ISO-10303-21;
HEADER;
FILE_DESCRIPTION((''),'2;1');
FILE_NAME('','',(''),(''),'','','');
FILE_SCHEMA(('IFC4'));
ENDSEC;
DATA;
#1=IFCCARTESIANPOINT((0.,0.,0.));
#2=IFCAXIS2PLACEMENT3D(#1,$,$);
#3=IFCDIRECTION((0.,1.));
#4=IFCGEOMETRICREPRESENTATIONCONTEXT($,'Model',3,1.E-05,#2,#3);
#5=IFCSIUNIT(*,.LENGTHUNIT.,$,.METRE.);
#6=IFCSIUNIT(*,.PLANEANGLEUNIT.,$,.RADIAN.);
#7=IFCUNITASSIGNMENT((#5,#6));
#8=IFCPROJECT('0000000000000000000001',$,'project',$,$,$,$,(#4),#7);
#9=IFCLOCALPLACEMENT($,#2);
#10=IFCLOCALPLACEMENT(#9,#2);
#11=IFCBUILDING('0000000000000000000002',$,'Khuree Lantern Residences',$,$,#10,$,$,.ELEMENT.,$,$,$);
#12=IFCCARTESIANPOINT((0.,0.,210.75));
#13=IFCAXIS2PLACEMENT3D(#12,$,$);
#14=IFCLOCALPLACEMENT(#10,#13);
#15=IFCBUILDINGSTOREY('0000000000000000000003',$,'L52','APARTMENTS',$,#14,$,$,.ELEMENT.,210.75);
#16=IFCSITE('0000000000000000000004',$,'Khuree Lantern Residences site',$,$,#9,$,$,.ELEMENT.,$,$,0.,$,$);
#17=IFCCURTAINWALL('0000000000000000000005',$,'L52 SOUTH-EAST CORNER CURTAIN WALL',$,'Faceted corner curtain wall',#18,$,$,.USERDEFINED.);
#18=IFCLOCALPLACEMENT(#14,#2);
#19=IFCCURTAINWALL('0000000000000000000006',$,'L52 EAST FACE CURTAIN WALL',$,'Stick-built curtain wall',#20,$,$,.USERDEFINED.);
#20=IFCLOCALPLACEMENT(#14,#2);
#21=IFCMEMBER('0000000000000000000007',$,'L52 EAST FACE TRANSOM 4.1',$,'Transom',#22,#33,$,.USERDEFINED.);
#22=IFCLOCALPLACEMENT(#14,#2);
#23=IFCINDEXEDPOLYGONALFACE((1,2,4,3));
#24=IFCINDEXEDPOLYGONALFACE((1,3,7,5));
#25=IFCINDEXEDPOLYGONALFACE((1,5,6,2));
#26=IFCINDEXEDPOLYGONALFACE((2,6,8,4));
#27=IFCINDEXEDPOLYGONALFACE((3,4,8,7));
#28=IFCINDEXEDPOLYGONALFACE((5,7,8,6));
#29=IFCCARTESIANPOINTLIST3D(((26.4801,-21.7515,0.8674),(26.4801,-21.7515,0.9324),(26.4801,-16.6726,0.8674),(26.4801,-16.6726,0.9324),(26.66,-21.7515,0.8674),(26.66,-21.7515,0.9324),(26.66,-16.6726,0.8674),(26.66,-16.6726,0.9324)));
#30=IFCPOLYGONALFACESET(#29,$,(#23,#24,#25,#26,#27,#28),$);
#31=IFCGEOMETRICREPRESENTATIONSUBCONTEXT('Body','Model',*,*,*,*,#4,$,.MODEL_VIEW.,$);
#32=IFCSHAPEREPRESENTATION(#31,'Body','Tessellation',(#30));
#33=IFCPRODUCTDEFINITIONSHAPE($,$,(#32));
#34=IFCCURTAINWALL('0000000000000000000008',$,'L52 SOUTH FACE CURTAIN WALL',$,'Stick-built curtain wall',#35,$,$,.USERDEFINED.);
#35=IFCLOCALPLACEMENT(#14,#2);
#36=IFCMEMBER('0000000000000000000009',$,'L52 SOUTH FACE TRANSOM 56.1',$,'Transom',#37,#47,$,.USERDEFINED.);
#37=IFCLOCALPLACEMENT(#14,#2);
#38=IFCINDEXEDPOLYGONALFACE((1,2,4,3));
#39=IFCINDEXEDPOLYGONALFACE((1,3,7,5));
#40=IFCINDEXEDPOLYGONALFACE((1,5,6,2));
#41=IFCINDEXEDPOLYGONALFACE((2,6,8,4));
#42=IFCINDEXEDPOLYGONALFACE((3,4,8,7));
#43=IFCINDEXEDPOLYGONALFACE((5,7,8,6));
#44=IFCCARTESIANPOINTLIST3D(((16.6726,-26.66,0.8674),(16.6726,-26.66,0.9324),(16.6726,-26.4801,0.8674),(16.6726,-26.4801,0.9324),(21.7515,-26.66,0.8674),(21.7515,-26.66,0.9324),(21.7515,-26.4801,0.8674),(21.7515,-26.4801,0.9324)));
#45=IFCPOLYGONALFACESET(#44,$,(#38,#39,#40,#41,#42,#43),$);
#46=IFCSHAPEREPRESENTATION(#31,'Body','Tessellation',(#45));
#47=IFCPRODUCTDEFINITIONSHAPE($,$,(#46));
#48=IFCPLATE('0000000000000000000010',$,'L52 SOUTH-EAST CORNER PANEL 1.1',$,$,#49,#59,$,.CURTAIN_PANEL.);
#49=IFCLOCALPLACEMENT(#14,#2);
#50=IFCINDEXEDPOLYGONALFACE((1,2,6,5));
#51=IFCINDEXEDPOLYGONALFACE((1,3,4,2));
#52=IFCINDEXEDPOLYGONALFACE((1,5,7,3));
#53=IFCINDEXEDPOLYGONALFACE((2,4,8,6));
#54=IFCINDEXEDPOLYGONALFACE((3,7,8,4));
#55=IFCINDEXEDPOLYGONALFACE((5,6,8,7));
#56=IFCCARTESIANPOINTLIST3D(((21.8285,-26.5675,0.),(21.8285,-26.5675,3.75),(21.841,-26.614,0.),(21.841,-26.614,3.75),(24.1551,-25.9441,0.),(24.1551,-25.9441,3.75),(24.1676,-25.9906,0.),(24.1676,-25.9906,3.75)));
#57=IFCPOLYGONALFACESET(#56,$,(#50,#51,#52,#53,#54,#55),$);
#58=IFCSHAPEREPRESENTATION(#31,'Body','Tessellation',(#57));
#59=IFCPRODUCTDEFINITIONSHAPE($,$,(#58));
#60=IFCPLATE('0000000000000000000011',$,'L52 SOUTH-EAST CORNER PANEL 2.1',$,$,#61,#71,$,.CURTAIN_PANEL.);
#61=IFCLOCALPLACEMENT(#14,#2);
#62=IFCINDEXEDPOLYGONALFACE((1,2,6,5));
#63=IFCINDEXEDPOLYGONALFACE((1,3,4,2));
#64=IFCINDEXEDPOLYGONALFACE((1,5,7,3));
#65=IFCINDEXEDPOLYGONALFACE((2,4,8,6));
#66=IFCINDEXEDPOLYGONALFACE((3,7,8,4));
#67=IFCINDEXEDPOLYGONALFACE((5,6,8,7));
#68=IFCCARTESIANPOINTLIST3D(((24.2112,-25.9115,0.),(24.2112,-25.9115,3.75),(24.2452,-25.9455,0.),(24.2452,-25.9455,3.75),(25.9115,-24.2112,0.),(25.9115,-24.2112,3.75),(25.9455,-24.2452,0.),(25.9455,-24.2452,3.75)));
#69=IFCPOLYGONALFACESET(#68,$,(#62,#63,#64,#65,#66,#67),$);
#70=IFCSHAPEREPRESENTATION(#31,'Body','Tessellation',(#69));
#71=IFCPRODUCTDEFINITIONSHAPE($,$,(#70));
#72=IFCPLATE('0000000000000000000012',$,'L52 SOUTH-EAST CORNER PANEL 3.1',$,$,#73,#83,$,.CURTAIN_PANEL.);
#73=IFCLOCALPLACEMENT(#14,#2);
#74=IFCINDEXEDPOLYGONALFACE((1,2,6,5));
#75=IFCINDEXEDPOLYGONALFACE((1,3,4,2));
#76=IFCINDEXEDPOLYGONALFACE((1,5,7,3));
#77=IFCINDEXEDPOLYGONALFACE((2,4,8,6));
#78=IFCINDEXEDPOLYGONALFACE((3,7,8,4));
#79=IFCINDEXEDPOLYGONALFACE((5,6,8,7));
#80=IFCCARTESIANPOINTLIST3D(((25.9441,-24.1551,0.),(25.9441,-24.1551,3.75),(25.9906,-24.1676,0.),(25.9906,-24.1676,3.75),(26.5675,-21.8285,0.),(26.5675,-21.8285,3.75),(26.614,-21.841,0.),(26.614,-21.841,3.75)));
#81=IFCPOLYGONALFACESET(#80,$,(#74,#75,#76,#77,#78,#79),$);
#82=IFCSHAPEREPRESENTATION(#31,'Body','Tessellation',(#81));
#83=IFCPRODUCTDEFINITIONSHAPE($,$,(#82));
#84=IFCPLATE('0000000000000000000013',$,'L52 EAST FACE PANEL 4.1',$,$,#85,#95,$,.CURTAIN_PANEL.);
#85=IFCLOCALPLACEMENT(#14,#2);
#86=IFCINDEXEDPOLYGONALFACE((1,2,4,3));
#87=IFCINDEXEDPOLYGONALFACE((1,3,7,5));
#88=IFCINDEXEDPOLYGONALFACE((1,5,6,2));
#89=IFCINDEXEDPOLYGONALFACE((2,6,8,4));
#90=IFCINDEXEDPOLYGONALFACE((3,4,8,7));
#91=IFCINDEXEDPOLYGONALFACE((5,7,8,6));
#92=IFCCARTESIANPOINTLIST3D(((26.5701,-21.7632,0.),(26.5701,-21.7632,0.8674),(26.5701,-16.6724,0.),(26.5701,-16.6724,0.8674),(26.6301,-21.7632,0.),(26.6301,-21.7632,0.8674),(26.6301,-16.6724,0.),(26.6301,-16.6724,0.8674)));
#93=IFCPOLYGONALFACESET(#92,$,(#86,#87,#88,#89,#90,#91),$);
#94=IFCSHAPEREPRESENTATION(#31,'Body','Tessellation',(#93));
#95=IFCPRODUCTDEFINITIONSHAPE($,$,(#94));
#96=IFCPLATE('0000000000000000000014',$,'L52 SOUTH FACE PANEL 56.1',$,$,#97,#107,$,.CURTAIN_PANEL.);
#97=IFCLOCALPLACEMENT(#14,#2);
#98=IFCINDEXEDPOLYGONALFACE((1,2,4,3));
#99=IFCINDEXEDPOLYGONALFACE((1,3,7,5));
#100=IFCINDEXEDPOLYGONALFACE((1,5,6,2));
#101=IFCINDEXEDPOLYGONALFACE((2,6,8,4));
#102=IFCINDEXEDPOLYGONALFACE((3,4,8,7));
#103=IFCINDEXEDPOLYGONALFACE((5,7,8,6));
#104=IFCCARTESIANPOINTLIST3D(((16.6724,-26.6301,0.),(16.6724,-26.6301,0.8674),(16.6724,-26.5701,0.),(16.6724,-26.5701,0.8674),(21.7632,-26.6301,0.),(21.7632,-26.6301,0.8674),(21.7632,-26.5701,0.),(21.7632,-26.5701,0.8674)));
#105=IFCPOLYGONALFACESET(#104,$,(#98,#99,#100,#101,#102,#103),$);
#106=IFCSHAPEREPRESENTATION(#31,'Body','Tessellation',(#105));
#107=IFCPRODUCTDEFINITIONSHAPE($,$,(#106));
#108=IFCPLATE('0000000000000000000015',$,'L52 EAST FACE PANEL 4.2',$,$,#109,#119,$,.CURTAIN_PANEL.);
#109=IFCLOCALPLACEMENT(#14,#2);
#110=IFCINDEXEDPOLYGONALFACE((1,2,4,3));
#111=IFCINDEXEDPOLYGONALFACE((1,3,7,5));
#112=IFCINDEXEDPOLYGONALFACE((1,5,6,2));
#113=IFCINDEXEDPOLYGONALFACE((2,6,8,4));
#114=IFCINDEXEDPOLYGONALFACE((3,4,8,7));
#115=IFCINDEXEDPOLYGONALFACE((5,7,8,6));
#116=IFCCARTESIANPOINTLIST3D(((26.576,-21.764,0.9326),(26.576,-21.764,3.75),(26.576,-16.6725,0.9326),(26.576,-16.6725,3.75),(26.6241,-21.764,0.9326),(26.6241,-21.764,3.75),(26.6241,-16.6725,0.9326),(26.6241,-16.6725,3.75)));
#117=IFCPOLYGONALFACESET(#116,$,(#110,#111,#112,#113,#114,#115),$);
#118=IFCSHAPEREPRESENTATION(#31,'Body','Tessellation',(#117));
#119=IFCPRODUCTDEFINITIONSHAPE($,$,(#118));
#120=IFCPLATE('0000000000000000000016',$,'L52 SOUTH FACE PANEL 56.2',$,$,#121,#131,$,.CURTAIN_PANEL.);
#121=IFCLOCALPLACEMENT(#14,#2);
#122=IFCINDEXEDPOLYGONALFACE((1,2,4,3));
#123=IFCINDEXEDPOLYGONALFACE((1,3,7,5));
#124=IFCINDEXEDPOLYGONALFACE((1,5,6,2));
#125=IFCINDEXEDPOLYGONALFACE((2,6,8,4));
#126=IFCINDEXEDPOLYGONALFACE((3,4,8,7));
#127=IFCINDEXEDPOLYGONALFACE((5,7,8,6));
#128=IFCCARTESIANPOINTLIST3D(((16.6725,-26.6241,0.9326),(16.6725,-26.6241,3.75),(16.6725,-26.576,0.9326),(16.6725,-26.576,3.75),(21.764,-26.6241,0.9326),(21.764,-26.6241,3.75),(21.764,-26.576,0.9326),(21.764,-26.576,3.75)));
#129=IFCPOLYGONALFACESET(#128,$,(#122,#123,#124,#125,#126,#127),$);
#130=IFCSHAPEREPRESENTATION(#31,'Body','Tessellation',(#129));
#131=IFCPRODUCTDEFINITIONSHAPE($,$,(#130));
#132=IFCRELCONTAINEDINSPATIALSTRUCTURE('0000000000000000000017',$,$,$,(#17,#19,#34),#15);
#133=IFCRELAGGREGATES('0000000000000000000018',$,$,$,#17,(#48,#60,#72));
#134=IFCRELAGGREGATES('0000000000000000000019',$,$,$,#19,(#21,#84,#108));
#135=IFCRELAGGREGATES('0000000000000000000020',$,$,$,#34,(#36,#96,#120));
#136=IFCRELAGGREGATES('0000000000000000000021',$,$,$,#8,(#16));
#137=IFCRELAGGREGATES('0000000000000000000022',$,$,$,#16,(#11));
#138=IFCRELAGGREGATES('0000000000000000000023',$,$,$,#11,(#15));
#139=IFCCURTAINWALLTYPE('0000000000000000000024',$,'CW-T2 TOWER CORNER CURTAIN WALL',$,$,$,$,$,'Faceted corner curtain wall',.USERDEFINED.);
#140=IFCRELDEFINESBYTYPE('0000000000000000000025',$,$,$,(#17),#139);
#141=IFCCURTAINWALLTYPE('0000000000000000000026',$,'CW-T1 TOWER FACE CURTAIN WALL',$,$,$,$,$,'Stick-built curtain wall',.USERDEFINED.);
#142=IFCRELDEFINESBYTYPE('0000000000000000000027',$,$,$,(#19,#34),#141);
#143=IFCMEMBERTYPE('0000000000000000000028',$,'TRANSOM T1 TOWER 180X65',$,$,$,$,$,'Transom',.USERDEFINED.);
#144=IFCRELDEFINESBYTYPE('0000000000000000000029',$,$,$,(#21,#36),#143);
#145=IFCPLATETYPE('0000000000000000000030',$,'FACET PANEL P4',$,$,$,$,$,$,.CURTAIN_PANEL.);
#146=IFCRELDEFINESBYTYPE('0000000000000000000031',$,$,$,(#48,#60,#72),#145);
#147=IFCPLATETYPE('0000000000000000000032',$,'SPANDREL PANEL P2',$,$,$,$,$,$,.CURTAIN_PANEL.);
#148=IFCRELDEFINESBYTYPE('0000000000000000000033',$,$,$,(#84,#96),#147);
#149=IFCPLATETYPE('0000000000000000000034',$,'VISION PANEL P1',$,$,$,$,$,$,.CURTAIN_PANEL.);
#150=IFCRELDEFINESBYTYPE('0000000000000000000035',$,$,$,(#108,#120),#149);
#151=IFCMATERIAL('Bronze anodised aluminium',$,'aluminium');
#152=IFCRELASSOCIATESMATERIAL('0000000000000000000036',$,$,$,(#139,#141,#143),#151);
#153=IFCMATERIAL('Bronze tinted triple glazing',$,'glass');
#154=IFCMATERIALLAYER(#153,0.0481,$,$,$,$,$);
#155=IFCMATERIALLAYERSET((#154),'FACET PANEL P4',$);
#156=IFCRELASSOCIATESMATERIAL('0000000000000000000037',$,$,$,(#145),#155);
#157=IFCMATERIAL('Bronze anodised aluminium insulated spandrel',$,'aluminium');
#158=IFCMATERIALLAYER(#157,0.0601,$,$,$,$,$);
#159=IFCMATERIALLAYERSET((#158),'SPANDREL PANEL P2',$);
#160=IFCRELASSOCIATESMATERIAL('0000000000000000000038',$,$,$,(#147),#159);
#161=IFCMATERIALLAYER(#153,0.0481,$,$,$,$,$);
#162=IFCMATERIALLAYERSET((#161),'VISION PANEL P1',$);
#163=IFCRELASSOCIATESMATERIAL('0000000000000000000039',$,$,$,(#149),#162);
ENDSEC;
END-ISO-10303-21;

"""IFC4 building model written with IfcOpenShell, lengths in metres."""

from ifc_helpers import new_model, si_unit, direction, frame, origin, origin_2d, place, context, subcontext, project, spatial, rectangle, extrude, material, layer, layer_set, material_profile, profile_set, type_object, element, aggregate, save


model = new_model("IFC4")

# Units and contexts
model_context = context("Model", 3, precision=1e-05, world=origin(), true_north=direction((0.0, 1.0)))
body_context = subcontext(model_context, "Body", "Model", "MODEL_VIEW")
ifc_project = project(units=[si_unit("LENGTHUNIT", "METRE"), si_unit("PLANEANGLEUNIT", "RADIAN")], contexts=[model_context])

# Site, building, storey
site_placement = place(None, origin())
site = spatial("IfcSite", under=ifc_project, at=site_placement, Name="Khuree Lantern Residences site", CompositionType="ELEMENT", RefElevation=0.0)
building_placement = place(site_placement, origin())
building = spatial("IfcBuilding", under=site, at=building_placement, Name="Khuree Lantern Residences", CompositionType="ELEMENT")
storey_placement = place(building_placement, frame((0.0, 0.0, 210.75)))
storey = spatial("IfcBuildingStorey", under=building, at=storey_placement, Name="L52", Description="APARTMENTS", CompositionType="ELEMENT", Elevation=210.75)

# Curtain wall
ifc_material_1 = material(Name="Bronze anodised aluminium", Category="aluminium")
curtain_wall_type_1 = type_object("IfcCurtainWallType", Name="CW-T2 TOWER CORNER CURTAIN WALL", ElementType="Faceted corner curtain wall", PredefinedType="USERDEFINED", material=ifc_material_1)
curtain_wall_1_placement = place(storey_placement, origin())
curtain_wall_1 = element("IfcCurtainWall", 1, at=curtain_wall_1_placement, inside=storey, type_object=curtain_wall_type_1, Name="L52 SOUTH-EAST CORNER CURTAIN WALL", ObjectType="Faceted corner curtain wall", PredefinedType="USERDEFINED")

# Curtain wall, member
curtain_wall_type_2 = type_object("IfcCurtainWallType", Name="CW-T1 TOWER FACE CURTAIN WALL", ElementType="Stick-built curtain wall", PredefinedType="USERDEFINED", material=ifc_material_1)
curtain_wall_2_placement = place(storey_placement, origin())
curtain_wall_2 = element("IfcCurtainWall", 2, at=curtain_wall_2_placement, inside=storey, type_object=curtain_wall_type_2, Name="L52 EAST FACE CURTAIN WALL", ObjectType="Stick-built curtain wall", PredefinedType="USERDEFINED")
ifc_material_profile_1 = material_profile(ifc_material_1, rectangle(XDim=0.1799, YDim=0.0649, at=origin_2d()), Name="T1 180X65")
ifc_profile_set_1 = profile_set([ifc_material_profile_1], Name="Bronze anodised aluminium")
member_type_1 = type_object("IfcMemberType", Name="TRANSOM T1 TOWER 180X65", ElementType="Transom", PredefinedType="USERDEFINED", material=ifc_profile_set_1)
member_1_placement = place(storey_placement, frame((26.5701, -21.7515, 0.8999), z_axis=(0.0, 1.0, 0.0), x_axis=(-1.0, 0.0, 0.0)))
member_1 = element("IfcMember", 3, at=member_1_placement, type_object=member_type_1, Name="L52 EAST FACE TRANSOM 4.1", ObjectType="Transom", PredefinedType="USERDEFINED", context=body_context, shape_type="SweptSolid", body=[
    extrude(rectangle(XDim=0.1799, YDim=0.0649, at=origin_2d()), origin(), (0.0, 0.0, 1.0), 5.0789),
])

# Curtain wall, member
curtain_wall_3_placement = place(storey_placement, origin())
curtain_wall_3 = element("IfcCurtainWall", 4, at=curtain_wall_3_placement, inside=storey, type_object=curtain_wall_type_2, Name="L52 SOUTH FACE CURTAIN WALL", ObjectType="Stick-built curtain wall", PredefinedType="USERDEFINED")
member_2_placement = place(storey_placement, frame((16.6726, -26.5701, 0.8999), z_axis=(1.0, 0.0, 0.0), x_axis=(0.0, 1.0, 0.0)))
member_2 = element("IfcMember", 5, at=member_2_placement, type_object=member_type_1, Name="L52 SOUTH FACE TRANSOM 56.1", ObjectType="Transom", PredefinedType="USERDEFINED", context=body_context, shape_type="SweptSolid", body=[
    extrude(rectangle(XDim=0.1799, YDim=0.0649, at=origin_2d()), origin(), (0.0, 0.0, 1.0), 5.0789),
])

# Plates
ifc_material_2 = material(Name="Bronze tinted triple glazing", Category="glass")
ifc_layer_1 = layer(ifc_material_2, 0.0481)
ifc_layer_set_1 = layer_set([ifc_layer_1], Name="FACET PANEL P4")
plate_type_1 = type_object("IfcPlateType", Name="FACET PANEL P4", PredefinedType="CURTAIN_PANEL", material=ifc_layer_set_1)
plate_1_placement = place(storey_placement, frame((22.998, -26.2791, 0.0), z_axis=(0.0, 0.0, 1.0), x_axis=(0.965926, 0.258819, 0.0)))
plate_1 = element("IfcPlate", 6, at=plate_1_placement, type_object=plate_type_1, Name="L52 SOUTH-EAST CORNER PANEL 1.1", PredefinedType="CURTAIN_PANEL", context=body_context, shape_type="SweptSolid", body=[
    extrude(rectangle(XDim=2.4087, YDim=0.0481, at=origin_2d()), origin(), (0.0, 0.0, 1.0), 3.75),
])
plate_2_placement = place(storey_placement, frame((25.0784, -25.0784, 0.0), z_axis=(0.0, 0.0, 1.0), x_axis=(0.707107, 0.707107, 0.0)))
plate_2 = element("IfcPlate", 7, at=plate_2_placement, type_object=plate_type_1, Name="L52 SOUTH-EAST CORNER PANEL 2.1", PredefinedType="CURTAIN_PANEL", context=body_context, shape_type="SweptSolid", body=[
    extrude(rectangle(XDim=2.4045, YDim=0.0481, at=origin_2d()), origin(), (0.0, 0.0, 1.0), 3.75),
])
plate_3_placement = place(storey_placement, frame((26.2791, -22.998, 0.0), z_axis=(0.0, 0.0, 1.0), x_axis=(0.258819, 0.965926, 0.0)))
plate_3 = element("IfcPlate", 8, at=plate_3_placement, type_object=plate_type_1, Name="L52 SOUTH-EAST CORNER PANEL 3.1", PredefinedType="CURTAIN_PANEL", context=body_context, shape_type="SweptSolid", body=[
    extrude(rectangle(XDim=2.4087, YDim=0.0481, at=origin_2d()), origin(), (0.0, 0.0, 1.0), 3.75),
])
aggregate(curtain_wall_1, [plate_1, plate_2, plate_3])
ifc_material_3 = material(Name="Bronze anodised aluminium insulated spandrel", Category="aluminium")
ifc_layer_2 = layer(ifc_material_3, 0.0601)
ifc_layer_set_2 = layer_set([ifc_layer_2], Name="SPANDREL PANEL P2")
plate_type_2 = type_object("IfcPlateType", Name="SPANDREL PANEL P2", PredefinedType="CURTAIN_PANEL", material=ifc_layer_set_2)
plate_4_placement = place(storey_placement, frame((26.6001, -19.2178, 0.0), z_axis=(0.0, 0.0, 1.0), x_axis=(0.0, 1.0, 0.0)))
plate_4 = element("IfcPlate", 9, at=plate_4_placement, type_object=plate_type_2, Name="L52 EAST FACE PANEL 4.1", PredefinedType="CURTAIN_PANEL", context=body_context, shape_type="SweptSolid", body=[
    extrude(rectangle(XDim=5.0908, YDim=0.0601, at=origin_2d()), origin(), (0.0, 0.0, 1.0), 0.8674),
])
plate_5_placement = place(storey_placement, frame((19.2178, -26.6001, 0.0), z_axis=(0.0, 0.0, 1.0), x_axis=(1.0, 0.0, 0.0)))
plate_5 = element("IfcPlate", 10, at=plate_5_placement, type_object=plate_type_2, Name="L52 SOUTH FACE PANEL 56.1", PredefinedType="CURTAIN_PANEL", context=body_context, shape_type="SweptSolid", body=[
    extrude(rectangle(XDim=5.0908, YDim=0.0601, at=origin_2d()), origin(), (0.0, 0.0, 1.0), 0.8674),
])
ifc_layer_3 = layer(ifc_material_2, 0.0481)
ifc_layer_set_3 = layer_set([ifc_layer_3], Name="VISION PANEL P1")
plate_type_3 = type_object("IfcPlateType", Name="VISION PANEL P1", PredefinedType="CURTAIN_PANEL", material=ifc_layer_set_3)
plate_6_placement = place(storey_placement, frame((26.6001, -19.2183, 0.9326), z_axis=(0.0, 0.0, 1.0), x_axis=(0.0, 1.0, 0.0)))
plate_6 = element("IfcPlate", 11, at=plate_6_placement, type_object=plate_type_3, Name="L52 EAST FACE PANEL 4.2", PredefinedType="CURTAIN_PANEL", context=body_context, shape_type="SweptSolid", body=[
    extrude(rectangle(XDim=5.0916, YDim=0.0481, at=origin_2d()), origin(), (0.0, 0.0, 1.0), 2.8174),
])
aggregate(curtain_wall_2, [member_1, plate_4, plate_6])
plate_7_placement = place(storey_placement, frame((19.2183, -26.6001, 0.9326), z_axis=(0.0, 0.0, 1.0), x_axis=(1.0, 0.0, 0.0)))
plate_7 = element("IfcPlate", 12, at=plate_7_placement, type_object=plate_type_3, Name="L52 SOUTH FACE PANEL 56.2", PredefinedType="CURTAIN_PANEL", context=body_context, shape_type="SweptSolid", body=[
    extrude(rectangle(XDim=5.0916, YDim=0.0481, at=origin_2d()), origin(), (0.0, 0.0, 1.0), 2.8174),
])
aggregate(curtain_wall_3, [member_2, plate_5, plate_7])

save(model, "model.ifc")
